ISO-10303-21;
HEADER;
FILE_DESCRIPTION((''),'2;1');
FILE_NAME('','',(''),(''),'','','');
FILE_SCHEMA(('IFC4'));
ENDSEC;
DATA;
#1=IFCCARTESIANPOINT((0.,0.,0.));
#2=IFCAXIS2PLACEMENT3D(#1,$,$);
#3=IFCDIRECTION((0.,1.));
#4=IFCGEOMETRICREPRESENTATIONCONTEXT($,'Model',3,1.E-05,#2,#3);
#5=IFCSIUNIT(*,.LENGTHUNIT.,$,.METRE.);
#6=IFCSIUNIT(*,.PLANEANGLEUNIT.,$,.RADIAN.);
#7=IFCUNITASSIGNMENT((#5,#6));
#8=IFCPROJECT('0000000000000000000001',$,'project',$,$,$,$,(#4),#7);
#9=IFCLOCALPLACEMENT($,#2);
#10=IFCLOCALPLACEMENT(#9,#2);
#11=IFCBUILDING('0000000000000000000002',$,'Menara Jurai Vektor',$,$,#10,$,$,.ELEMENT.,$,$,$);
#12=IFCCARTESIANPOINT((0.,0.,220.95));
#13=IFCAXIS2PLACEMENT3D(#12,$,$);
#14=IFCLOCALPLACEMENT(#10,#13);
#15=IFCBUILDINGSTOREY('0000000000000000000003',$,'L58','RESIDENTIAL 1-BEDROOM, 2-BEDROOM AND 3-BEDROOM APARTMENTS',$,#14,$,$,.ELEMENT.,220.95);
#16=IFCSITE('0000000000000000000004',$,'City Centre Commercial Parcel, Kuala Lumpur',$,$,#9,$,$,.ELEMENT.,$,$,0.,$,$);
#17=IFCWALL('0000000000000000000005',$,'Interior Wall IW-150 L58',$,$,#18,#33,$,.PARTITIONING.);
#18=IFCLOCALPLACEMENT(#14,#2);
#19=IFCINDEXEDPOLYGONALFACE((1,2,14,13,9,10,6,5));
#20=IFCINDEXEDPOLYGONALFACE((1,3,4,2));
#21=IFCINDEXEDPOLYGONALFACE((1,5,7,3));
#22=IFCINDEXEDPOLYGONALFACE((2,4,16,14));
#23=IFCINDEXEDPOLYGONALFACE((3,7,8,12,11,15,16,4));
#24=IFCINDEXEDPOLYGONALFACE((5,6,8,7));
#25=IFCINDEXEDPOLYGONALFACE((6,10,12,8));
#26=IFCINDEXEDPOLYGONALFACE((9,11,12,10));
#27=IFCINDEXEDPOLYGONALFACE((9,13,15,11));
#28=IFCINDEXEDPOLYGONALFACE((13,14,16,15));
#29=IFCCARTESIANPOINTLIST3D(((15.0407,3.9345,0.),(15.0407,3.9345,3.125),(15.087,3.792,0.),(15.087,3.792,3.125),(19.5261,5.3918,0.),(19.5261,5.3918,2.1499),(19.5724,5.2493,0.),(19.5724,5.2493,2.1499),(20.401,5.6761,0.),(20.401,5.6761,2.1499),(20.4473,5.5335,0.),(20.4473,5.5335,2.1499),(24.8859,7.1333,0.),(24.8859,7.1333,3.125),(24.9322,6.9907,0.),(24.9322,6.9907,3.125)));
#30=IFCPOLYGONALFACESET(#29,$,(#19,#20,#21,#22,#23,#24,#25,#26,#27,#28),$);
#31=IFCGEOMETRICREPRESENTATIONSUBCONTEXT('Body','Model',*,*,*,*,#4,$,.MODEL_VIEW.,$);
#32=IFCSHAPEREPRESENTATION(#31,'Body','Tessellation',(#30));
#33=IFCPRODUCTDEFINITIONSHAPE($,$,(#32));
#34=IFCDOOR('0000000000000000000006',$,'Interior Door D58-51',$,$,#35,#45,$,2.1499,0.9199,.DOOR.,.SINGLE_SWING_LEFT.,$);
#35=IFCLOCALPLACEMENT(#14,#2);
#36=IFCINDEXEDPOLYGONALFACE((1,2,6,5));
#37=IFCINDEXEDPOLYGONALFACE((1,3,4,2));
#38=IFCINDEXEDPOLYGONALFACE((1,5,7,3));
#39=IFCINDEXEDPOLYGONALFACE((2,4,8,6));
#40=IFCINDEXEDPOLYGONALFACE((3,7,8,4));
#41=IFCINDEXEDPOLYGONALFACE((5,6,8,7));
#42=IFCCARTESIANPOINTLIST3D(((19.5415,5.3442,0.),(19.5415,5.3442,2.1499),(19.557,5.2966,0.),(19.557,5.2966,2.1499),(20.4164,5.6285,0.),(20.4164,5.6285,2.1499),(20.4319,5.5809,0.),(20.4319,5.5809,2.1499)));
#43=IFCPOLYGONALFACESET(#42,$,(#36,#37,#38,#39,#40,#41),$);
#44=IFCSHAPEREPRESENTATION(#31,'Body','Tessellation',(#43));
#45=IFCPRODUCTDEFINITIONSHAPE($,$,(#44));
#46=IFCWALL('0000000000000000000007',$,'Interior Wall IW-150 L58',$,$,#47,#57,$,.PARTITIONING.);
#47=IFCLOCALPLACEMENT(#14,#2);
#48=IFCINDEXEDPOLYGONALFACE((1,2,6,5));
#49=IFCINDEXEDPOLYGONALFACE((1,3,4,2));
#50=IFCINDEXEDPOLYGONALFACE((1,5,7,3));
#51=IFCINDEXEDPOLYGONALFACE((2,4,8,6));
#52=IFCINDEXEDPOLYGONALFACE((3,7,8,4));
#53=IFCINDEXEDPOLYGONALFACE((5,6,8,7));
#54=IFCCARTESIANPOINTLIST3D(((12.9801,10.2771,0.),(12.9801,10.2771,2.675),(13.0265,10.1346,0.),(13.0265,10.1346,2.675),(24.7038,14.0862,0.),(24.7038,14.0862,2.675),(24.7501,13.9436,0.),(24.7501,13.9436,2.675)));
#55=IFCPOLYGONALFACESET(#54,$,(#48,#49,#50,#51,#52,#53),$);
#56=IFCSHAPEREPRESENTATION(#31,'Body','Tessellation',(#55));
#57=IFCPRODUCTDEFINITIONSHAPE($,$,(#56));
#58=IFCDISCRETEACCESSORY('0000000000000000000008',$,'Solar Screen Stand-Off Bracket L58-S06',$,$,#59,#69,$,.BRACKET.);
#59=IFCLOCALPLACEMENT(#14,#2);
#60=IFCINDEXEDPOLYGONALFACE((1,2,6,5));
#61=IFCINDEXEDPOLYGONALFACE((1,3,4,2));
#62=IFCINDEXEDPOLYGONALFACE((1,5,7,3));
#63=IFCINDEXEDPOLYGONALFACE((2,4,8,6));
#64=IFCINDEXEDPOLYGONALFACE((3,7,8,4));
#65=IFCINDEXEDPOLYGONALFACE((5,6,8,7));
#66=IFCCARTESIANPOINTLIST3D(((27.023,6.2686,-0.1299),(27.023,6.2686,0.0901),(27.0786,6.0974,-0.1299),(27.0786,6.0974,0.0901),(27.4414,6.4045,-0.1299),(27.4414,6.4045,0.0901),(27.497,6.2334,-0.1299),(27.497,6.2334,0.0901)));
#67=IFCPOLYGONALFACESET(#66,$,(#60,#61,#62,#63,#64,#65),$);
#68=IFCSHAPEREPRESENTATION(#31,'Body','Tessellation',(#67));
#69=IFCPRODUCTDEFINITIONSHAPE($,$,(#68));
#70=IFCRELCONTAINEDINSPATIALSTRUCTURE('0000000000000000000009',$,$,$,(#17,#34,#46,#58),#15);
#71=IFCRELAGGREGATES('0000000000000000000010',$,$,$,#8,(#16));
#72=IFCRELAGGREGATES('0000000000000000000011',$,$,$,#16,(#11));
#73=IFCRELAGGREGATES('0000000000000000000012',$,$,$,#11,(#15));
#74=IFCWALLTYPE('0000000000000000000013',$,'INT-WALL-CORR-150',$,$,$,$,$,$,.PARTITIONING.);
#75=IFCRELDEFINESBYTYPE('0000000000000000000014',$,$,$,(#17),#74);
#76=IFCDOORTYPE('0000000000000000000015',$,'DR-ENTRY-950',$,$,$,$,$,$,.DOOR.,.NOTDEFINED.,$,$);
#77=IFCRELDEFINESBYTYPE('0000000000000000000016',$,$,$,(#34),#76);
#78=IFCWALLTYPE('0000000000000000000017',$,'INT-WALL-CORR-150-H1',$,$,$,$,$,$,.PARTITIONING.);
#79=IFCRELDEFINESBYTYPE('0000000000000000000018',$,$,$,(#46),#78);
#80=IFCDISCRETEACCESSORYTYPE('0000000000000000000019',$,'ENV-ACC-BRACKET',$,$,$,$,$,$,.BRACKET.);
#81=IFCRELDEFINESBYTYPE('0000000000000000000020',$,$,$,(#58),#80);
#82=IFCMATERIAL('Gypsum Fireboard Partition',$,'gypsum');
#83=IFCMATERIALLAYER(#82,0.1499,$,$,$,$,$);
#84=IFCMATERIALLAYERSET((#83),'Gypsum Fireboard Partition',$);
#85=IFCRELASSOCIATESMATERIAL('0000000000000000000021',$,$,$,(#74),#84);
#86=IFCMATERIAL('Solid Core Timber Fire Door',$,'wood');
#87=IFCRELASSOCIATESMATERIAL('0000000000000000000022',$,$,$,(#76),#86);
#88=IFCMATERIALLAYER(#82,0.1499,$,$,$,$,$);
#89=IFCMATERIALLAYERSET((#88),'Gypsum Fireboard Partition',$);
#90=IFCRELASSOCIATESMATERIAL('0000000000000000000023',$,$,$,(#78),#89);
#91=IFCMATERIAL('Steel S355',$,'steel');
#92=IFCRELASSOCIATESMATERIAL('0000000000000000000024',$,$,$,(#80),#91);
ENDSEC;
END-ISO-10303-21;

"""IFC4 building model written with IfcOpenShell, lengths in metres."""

from ifc_helpers import new_model, si_unit, direction, frame, frame_2d, origin, origin_2d, place, context, subcontext, project, spatial, rectangle, extrude, material, layer, layer_set, type_object, element, fill, save


model = new_model("IFC4")

# Units and contexts
model_context = context("Model", 3, precision=1e-05, world=origin(), true_north=direction((0.0, 1.0)))
body_context = subcontext(model_context, "Body", "Model", "MODEL_VIEW")
ifc_project = project(units=[si_unit("LENGTHUNIT", "METRE"), si_unit("PLANEANGLEUNIT", "RADIAN")], contexts=[model_context])

# Site, building, storey
site_placement = place(None, origin())
site = spatial("IfcSite", under=ifc_project, at=site_placement, Name="City Centre Commercial Parcel, Kuala Lumpur", CompositionType="ELEMENT", RefElevation=0.0)
building_placement = place(site_placement, origin())
building = spatial("IfcBuilding", under=site, at=building_placement, Name="Menara Jurai Vektor", CompositionType="ELEMENT")
storey_placement = place(building_placement, frame((0.0, 0.0, 220.95)))
storey = spatial("IfcBuildingStorey", under=building, at=storey_placement, Name="L58", Description="RESIDENTIAL 1-BEDROOM, 2-BEDROOM AND 3-BEDROOM APARTMENTS", CompositionType="ELEMENT", Elevation=220.95)

# Shared definitions
ifc_material_1 = material(Name="Steel S355", Category="steel")

# Shared definitions
ifc_material_2 = material(Name="Gypsum Fireboard Partition", Category="gypsum")
ifc_layer_1 = layer(ifc_material_2, 0.1499)
ifc_layer_set_1 = layer_set([ifc_layer_1], Name="Gypsum Fireboard Partition")
wall_type_1 = type_object("IfcWallType", Name="INT-WALL-CORR-150", PredefinedType="PARTITIONING", material=ifc_layer_set_1)

# Wall, opening, door
wall_1_placement = place(storey_placement, frame((15.064, 3.8633, 0.0), z_axis=(0.0, 0.0, 1.0), x_axis=(0.951061, 0.309002, 0.0)))
wall_1 = element("IfcWall", 1, at=wall_1_placement, inside=storey, type_object=wall_type_1, Name="Interior Wall IW-150 L58", PredefinedType="PARTITIONING", context=body_context, shape_type="SweptSolid", body=[
    extrude(rectangle(XDim=10.3518, YDim=0.1499, at=frame_2d((5.1758, 0.0))), origin(), (0.0, 0.0, 1.0), 3.125),
])
opening_1_placement = place(wall_1_placement, frame((4.7161, 0.0, 0.0)))
opening_1 = element("IfcOpeningElement", 2, at=opening_1_placement, cuts=wall_1, PredefinedType="OPENING", context=body_context, shape_type="SweptSolid", body=[
    extrude(rectangle(XDim=0.9199, YDim=2.1499, at=frame_2d((0.46, 1.075))), frame((0.0, 0.085, 0.0), z_axis=(0.0, -1.0, 0.0), x_axis=(1.0, 0.0, 0.0)), (0.0, 0.0, 1.0), 0.1699),
])
ifc_material_3 = material(Name="Solid Core Timber Fire Door", Category="wood")
door_type_1 = type_object("IfcDoorType", Name="DR-ENTRY-950", OperationType="NOTDEFINED", PredefinedType="DOOR", material=ifc_material_3)
door_1_placement = place(opening_1_placement, origin())
door_1 = element("IfcDoor", 3, at=door_1_placement, inside=storey, type_object=door_type_1, Name="Interior Door D58-51", OperationType="SINGLE_SWING_LEFT", OverallHeight=2.1499, OverallWidth=0.9199, PredefinedType="DOOR", context=body_context, shape_type="SweptSolid", body=[
    extrude(rectangle(XDim=0.9199, YDim=2.1499, at=frame_2d((0.46, 1.075))), frame((0.0, 0.0249, 0.0), z_axis=(0.0, -1.0, 0.0), x_axis=(1.0, 0.0, 0.0)), (0.0, 0.0, 1.0), 0.05),
])
fill(opening_1, door_1)

# Wall
ifc_layer_2 = layer(ifc_material_2, 0.1499)
ifc_layer_set_2 = layer_set([ifc_layer_2], Name="Gypsum Fireboard Partition")
wall_type_2 = type_object("IfcWallType", Name="INT-WALL-CORR-150-H1", PredefinedType="PARTITIONING", material=ifc_layer_set_2)
wall_2_placement = place(storey_placement, frame((13.0032, 10.2058, 0.0), z_axis=(0.0, 0.0, 1.0), x_axis=(0.95106, 0.309005, 0.0)))
element("IfcWall", 4, at=wall_2_placement, inside=storey, type_object=wall_type_2, Name="Interior Wall IW-150 L58", PredefinedType="PARTITIONING", context=body_context, shape_type="SweptSolid", body=[
    extrude(rectangle(XDim=12.3269, YDim=0.1499, at=frame_2d((6.1636, 0.0))), origin(), (0.0, 0.0, 1.0), 2.675),
])

# Discrete accessory
discrete_accessory_type = type_object("IfcDiscreteAccessoryType", Name="ENV-ACC-BRACKET", PredefinedType="BRACKET", material=ifc_material_1)
discrete_accessory_placement = place(storey_placement, frame((27.26, 6.251, -0.1299), z_axis=(0.0, 0.0, 1.0), x_axis=(-0.309017, 0.951057, 0.0)))
element("IfcDiscreteAccessory", 5, at=discrete_accessory_placement, inside=storey, type_object=discrete_accessory_type, Name="Solar Screen Stand-Off Bracket L58-S06", PredefinedType="BRACKET", context=body_context, shape_type="SweptSolid", body=[
    extrude(rectangle(XDim=0.1799, YDim=0.4399, at=origin_2d()), origin(), (0.0, 0.0, 1.0), 0.22),
])

save(model, "model.ifc")
